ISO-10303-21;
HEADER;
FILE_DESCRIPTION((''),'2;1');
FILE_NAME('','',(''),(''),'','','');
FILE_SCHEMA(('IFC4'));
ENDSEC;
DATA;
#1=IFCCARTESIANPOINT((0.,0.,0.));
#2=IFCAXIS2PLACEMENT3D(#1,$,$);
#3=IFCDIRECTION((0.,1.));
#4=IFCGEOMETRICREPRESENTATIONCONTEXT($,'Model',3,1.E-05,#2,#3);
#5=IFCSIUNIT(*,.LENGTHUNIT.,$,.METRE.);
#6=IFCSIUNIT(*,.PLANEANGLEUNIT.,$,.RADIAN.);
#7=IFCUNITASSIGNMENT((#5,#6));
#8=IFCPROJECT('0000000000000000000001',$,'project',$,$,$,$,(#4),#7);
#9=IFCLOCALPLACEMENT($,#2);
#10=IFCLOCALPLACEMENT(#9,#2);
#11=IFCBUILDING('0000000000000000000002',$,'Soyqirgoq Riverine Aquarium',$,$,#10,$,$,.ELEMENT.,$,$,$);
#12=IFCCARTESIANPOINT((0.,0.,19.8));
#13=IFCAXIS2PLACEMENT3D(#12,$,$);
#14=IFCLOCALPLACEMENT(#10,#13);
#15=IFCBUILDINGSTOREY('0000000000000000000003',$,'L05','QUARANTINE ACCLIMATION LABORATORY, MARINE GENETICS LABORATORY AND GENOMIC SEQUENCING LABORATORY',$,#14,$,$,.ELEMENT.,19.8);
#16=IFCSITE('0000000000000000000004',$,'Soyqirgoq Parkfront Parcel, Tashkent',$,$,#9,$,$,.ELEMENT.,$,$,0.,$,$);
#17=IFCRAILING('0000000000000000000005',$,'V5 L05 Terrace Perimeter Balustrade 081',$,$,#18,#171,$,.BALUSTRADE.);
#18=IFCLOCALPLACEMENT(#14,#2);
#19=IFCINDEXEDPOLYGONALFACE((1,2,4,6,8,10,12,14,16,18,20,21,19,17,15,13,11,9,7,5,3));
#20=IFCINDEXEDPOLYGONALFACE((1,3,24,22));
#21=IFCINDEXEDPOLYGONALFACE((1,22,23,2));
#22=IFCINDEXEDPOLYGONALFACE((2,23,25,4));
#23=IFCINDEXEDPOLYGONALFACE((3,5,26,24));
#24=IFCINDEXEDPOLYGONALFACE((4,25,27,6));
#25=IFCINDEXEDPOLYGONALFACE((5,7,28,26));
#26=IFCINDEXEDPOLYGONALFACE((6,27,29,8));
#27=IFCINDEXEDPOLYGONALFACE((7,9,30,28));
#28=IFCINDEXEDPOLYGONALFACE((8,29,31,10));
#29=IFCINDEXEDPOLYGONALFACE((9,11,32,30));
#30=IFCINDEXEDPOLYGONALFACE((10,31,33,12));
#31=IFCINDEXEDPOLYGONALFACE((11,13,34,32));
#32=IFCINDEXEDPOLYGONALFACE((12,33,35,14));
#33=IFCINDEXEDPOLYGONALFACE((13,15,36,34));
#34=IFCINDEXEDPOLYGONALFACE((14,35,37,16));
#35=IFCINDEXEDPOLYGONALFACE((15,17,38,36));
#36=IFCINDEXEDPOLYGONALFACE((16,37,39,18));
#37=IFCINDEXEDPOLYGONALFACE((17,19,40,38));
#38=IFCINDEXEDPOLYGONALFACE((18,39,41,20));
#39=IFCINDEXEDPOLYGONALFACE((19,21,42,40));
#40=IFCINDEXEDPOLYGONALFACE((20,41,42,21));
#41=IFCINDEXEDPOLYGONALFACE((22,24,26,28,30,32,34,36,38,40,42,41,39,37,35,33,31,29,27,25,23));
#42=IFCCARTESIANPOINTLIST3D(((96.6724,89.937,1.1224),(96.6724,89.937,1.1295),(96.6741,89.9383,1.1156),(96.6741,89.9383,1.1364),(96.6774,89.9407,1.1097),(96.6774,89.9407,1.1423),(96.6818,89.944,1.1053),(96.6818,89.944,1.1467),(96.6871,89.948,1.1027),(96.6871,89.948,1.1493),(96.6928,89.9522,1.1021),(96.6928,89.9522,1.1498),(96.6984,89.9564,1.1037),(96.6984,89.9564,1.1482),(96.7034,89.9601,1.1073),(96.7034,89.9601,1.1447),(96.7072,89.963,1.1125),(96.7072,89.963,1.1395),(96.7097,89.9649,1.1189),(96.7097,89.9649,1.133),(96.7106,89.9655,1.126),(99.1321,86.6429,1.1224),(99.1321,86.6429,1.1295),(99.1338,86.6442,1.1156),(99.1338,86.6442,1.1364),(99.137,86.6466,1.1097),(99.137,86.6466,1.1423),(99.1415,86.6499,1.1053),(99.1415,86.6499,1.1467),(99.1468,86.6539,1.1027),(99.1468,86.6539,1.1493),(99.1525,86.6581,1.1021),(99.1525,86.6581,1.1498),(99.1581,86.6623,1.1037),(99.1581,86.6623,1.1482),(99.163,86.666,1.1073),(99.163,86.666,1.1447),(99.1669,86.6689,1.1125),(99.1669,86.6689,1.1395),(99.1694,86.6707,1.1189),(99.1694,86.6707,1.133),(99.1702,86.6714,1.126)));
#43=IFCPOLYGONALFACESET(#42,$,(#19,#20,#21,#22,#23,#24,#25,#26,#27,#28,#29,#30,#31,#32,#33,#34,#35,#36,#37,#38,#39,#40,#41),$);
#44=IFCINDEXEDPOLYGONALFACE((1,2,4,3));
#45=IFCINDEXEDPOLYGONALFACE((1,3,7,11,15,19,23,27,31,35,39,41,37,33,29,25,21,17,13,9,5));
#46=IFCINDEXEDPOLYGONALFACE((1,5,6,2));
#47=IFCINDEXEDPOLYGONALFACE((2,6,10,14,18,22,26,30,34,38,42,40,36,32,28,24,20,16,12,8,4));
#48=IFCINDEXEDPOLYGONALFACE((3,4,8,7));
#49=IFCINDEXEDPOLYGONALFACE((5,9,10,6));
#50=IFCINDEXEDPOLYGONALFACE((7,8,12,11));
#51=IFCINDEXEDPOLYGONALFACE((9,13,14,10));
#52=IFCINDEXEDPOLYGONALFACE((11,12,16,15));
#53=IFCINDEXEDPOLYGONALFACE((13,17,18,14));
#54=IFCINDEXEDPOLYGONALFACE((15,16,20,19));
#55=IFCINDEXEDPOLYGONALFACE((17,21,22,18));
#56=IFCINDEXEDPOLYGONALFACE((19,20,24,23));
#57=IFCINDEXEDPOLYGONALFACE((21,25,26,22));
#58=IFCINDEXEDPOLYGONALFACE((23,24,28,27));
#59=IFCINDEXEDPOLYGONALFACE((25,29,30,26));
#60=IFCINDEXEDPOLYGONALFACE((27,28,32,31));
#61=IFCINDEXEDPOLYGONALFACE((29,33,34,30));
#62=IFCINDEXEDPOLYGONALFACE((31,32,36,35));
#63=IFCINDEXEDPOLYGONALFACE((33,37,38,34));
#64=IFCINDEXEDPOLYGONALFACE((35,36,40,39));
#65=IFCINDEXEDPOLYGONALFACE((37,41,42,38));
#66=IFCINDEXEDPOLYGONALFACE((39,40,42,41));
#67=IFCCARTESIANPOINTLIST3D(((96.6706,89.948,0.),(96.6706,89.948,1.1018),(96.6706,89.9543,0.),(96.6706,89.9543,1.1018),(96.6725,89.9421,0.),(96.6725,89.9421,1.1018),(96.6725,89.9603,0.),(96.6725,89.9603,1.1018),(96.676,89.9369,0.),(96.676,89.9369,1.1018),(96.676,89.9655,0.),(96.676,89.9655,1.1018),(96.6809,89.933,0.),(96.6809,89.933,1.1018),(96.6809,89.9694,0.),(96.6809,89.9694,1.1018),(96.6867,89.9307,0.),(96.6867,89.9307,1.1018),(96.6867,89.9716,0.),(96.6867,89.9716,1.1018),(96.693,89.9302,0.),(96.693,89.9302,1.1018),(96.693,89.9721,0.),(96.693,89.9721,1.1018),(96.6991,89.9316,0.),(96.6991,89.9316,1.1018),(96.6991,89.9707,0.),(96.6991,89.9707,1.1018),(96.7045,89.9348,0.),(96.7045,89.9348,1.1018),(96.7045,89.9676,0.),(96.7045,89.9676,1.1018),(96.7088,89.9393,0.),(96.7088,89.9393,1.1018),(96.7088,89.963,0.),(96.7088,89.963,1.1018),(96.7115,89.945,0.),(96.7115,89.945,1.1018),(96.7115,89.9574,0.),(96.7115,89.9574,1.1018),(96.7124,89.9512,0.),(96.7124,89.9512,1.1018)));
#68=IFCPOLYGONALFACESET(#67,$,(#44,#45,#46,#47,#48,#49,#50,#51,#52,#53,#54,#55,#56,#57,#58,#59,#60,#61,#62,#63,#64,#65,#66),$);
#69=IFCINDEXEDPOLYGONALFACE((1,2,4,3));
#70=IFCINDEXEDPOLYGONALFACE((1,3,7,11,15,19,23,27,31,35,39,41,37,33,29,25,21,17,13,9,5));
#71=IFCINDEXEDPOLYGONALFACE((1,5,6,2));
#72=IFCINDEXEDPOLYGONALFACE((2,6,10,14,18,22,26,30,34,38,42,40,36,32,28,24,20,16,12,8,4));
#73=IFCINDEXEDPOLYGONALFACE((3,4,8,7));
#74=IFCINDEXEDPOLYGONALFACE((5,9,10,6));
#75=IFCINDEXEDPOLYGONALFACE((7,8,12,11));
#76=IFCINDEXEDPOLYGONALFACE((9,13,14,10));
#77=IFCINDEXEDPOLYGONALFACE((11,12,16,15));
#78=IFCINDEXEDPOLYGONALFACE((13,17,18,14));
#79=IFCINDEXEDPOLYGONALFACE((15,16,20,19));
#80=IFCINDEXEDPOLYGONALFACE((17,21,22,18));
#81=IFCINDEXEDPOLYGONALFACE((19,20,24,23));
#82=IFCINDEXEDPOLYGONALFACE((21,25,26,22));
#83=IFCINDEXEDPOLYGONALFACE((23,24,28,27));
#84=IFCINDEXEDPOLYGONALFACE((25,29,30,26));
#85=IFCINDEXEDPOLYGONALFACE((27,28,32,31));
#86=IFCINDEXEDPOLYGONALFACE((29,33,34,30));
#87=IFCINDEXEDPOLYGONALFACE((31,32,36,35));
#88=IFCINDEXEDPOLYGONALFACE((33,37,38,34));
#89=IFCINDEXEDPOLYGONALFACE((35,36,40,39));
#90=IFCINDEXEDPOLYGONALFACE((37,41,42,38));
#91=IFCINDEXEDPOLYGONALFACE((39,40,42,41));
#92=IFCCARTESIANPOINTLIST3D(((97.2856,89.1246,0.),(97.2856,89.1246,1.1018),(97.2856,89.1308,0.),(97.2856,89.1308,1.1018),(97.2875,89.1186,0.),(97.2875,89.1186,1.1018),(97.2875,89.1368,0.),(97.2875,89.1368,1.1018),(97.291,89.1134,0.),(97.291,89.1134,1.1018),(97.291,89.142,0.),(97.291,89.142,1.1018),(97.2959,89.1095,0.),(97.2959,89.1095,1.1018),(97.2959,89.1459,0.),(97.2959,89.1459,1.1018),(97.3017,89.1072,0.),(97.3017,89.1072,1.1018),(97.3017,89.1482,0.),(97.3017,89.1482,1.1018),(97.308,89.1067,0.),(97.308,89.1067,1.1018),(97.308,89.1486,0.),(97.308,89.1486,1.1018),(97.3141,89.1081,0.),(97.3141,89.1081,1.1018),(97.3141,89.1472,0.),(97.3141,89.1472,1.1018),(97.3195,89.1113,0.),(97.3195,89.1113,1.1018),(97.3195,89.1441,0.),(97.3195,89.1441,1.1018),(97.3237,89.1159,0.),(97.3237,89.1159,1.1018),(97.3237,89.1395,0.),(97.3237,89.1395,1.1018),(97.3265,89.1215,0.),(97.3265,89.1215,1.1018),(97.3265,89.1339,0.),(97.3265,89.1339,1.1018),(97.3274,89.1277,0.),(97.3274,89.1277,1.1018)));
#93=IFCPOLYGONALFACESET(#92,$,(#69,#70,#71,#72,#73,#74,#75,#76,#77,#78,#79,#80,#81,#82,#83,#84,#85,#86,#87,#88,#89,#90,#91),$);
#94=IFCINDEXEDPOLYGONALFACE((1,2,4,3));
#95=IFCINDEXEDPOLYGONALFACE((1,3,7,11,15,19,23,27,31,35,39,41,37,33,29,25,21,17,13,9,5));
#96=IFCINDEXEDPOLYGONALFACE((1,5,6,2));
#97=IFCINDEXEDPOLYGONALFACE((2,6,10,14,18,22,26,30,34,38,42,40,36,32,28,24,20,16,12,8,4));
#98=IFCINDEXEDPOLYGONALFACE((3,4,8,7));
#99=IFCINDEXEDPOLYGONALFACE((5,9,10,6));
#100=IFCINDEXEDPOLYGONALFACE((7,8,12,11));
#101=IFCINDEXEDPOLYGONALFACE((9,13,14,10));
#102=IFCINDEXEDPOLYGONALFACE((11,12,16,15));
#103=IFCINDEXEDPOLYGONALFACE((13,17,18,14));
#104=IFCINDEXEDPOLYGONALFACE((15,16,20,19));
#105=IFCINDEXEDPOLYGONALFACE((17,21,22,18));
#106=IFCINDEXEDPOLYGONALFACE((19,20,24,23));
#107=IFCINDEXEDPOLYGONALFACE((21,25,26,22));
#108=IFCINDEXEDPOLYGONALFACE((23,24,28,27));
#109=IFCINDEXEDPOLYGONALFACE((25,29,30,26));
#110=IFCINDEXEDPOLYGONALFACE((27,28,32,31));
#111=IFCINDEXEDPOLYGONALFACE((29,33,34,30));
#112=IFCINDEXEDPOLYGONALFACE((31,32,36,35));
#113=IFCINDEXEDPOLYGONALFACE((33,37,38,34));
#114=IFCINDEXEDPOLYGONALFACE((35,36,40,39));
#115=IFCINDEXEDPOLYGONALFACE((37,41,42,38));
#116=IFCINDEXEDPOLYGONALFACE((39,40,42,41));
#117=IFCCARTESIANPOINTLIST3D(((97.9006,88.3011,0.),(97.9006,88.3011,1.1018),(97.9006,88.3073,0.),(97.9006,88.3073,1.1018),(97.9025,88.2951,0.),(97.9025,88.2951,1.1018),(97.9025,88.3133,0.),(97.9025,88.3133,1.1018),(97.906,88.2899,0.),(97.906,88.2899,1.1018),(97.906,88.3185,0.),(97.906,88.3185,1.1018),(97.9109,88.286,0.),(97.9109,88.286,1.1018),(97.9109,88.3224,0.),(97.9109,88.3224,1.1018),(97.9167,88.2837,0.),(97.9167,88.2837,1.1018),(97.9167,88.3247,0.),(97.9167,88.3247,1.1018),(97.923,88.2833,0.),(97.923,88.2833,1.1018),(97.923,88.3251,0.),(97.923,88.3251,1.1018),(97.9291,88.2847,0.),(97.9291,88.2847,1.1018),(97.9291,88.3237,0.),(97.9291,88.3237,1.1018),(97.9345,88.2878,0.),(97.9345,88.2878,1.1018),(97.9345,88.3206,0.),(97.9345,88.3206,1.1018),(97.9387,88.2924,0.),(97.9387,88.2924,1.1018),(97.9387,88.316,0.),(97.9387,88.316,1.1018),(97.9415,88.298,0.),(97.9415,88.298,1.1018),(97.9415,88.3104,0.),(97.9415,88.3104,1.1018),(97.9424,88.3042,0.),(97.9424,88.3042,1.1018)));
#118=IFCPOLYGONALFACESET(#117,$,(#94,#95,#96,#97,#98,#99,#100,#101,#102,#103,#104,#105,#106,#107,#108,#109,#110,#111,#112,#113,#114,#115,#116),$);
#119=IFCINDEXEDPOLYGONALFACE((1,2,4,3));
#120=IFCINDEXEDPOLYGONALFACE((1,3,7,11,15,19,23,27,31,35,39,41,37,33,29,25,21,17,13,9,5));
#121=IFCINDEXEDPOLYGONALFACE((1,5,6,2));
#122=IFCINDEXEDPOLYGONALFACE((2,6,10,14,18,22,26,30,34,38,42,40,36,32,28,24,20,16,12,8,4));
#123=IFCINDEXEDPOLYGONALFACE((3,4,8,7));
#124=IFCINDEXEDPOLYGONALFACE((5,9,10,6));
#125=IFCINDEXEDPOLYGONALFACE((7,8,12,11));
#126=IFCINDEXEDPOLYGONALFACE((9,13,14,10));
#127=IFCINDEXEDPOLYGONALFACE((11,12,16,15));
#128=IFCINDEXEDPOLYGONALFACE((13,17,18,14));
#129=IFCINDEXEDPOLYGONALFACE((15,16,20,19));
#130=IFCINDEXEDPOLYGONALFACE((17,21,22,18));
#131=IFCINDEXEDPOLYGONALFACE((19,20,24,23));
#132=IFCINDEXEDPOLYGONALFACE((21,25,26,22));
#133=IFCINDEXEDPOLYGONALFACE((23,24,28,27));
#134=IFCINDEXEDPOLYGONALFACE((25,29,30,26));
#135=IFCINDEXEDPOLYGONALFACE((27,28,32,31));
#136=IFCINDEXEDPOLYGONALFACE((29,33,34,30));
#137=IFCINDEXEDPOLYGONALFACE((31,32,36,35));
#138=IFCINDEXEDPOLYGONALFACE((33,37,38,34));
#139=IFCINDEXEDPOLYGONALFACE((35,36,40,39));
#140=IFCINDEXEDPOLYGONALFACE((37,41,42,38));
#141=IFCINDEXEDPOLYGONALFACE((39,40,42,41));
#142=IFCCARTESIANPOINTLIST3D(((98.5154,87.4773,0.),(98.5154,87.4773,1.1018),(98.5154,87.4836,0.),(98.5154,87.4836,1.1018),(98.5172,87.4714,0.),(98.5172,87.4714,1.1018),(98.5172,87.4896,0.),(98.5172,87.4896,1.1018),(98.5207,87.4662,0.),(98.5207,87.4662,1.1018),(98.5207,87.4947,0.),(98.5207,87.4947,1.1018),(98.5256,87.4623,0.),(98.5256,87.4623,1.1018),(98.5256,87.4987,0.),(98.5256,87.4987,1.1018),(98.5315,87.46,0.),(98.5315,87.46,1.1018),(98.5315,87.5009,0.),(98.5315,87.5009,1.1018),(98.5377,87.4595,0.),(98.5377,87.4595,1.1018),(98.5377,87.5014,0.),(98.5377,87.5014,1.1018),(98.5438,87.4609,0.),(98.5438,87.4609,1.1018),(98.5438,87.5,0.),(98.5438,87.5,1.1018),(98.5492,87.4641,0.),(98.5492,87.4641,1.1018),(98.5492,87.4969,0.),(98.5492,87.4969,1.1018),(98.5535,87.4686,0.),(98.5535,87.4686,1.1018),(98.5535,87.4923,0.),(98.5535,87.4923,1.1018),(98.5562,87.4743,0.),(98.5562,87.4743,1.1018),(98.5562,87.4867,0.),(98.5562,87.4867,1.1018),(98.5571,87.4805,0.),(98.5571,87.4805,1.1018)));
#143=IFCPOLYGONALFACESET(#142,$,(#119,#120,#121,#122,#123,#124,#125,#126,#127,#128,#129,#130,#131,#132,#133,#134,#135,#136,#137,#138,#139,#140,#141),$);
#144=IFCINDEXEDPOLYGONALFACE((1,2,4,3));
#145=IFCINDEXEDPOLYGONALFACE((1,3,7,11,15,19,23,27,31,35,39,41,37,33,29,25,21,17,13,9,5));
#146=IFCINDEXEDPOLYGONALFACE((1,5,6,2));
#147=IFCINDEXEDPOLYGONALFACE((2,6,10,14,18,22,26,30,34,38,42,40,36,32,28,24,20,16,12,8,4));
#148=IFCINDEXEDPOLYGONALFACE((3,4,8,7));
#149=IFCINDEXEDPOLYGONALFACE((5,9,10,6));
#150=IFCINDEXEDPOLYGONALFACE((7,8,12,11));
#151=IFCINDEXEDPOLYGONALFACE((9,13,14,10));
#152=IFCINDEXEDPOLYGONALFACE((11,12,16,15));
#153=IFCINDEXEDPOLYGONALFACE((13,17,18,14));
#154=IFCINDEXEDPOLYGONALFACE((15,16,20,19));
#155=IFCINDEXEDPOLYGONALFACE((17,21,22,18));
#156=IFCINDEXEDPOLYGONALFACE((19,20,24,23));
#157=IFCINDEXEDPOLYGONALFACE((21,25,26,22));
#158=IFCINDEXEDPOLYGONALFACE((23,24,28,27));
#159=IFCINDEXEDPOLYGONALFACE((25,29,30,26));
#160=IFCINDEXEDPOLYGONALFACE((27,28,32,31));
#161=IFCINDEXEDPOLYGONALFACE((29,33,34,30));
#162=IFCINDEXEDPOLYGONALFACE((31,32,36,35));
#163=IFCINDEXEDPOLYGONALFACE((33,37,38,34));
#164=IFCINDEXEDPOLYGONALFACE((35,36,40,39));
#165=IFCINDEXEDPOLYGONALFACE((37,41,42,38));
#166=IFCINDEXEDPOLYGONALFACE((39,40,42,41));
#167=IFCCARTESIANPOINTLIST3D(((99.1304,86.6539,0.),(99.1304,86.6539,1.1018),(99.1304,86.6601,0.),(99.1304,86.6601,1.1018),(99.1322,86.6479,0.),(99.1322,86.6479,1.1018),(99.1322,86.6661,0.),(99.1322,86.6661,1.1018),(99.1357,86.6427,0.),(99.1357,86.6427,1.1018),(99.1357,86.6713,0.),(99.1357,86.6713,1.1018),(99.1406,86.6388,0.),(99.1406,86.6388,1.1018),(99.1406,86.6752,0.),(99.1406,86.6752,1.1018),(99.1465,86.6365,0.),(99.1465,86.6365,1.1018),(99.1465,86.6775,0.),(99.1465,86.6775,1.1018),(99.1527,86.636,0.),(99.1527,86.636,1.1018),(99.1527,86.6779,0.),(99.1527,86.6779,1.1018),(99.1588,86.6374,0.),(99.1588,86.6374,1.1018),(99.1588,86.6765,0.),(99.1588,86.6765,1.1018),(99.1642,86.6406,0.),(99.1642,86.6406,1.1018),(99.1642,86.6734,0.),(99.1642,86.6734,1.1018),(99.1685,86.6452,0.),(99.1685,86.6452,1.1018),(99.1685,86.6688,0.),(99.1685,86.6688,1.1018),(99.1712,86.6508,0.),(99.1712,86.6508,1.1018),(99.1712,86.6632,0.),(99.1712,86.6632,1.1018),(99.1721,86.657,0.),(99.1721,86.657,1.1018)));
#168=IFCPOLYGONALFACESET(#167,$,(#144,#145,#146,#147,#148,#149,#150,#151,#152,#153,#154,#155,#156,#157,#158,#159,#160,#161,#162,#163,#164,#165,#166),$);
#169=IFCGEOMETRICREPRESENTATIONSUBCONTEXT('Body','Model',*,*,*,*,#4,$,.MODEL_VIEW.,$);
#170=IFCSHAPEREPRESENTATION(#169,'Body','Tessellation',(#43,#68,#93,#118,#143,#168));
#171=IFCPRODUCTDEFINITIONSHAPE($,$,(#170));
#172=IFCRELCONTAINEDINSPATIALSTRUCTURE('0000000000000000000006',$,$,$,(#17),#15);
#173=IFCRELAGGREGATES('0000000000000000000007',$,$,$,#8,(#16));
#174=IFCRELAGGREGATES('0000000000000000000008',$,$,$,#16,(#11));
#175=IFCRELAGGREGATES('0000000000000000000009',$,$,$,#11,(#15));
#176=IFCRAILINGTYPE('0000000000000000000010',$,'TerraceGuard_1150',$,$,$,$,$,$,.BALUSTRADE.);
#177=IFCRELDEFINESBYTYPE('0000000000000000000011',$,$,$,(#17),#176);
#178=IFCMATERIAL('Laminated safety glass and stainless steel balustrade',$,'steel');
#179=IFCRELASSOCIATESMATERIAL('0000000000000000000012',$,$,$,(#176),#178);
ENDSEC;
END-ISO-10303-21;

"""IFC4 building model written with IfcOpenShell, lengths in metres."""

from ifc_helpers import new_model, si_unit, direction, frame, origin, origin_2d, place, context, subcontext, project, spatial, circle, extrude, material, type_object, element, save


model = new_model("IFC4")

# Units and contexts
model_context = context("Model", 3, precision=1e-05, world=origin(), true_north=direction((0.0, 1.0)))
body_context = subcontext(model_context, "Body", "Model", "MODEL_VIEW")
ifc_project = project(units=[si_unit("LENGTHUNIT", "METRE"), si_unit("PLANEANGLEUNIT", "RADIAN")], contexts=[model_context])

# Site, building, storey
site_placement = place(None, origin())
site = spatial("IfcSite", under=ifc_project, at=site_placement, Name="Soyqirgoq Parkfront Parcel, Tashkent", CompositionType="ELEMENT", RefElevation=0.0)
building_placement = place(site_placement, origin())
building = spatial("IfcBuilding", under=site, at=building_placement, Name="Soyqirgoq Riverine Aquarium", CompositionType="ELEMENT")
storey_placement = place(building_placement, frame((0.0, 0.0, 19.8)))
storey = spatial("IfcBuildingStorey", under=building, at=storey_placement, Name="L05", Description="QUARANTINE ACCLIMATION LABORATORY, MARINE GENETICS LABORATORY AND GENOMIC SEQUENCING LABORATORY", CompositionType="ELEMENT", Elevation=19.8)

# Railing
ifc_material_1 = material(Name="Laminated safety glass and stainless steel balustrade", Category="steel")
railing_type = type_object("IfcRailingType", Name="TerraceGuard_1150", PredefinedType="BALUSTRADE", material=ifc_material_1)
railing_1_placement = place(storey_placement, frame((96.6914, 89.9512, 0.0)))
element("IfcRailing", 1, at=railing_1_placement, inside=storey, type_object=railing_type, Name="V5 L05 Terrace Perimeter Balustrade 081", PredefinedType="BALUSTRADE", context=body_context, shape_type="SweptSolid", body=[
    extrude(circle(Radius=0.0239, at=origin_2d()), frame((0.0, 0.0, 1.126), z_axis=(0.598298, -0.801274, 0.0), x_axis=(0.801274, 0.598298, 0.0)), (0.0, 0.0, 1.0), 4.1111),
    extrude(circle(Radius=0.021, at=origin_2d()), origin(), (0.0, 0.0, 1.0), 1.1018),
    extrude(circle(Radius=0.021, at=origin_2d()), frame((0.615, -0.8235, 0.0)), (0.0, 0.0, 1.0), 1.1018),
    extrude(circle(Radius=0.021, at=origin_2d()), frame((1.23, -1.647, 0.0)), (0.0, 0.0, 1.0), 1.1018),
    extrude(circle(Radius=0.021, at=origin_2d()), frame((1.8447, -2.4707, 0.0)), (0.0, 0.0, 1.0), 1.1018),
    extrude(circle(Radius=0.021, at=origin_2d()), frame((2.4597, -3.2942, 0.0)), (0.0, 0.0, 1.0), 1.1018),
])

save(model, "model.ifc")
